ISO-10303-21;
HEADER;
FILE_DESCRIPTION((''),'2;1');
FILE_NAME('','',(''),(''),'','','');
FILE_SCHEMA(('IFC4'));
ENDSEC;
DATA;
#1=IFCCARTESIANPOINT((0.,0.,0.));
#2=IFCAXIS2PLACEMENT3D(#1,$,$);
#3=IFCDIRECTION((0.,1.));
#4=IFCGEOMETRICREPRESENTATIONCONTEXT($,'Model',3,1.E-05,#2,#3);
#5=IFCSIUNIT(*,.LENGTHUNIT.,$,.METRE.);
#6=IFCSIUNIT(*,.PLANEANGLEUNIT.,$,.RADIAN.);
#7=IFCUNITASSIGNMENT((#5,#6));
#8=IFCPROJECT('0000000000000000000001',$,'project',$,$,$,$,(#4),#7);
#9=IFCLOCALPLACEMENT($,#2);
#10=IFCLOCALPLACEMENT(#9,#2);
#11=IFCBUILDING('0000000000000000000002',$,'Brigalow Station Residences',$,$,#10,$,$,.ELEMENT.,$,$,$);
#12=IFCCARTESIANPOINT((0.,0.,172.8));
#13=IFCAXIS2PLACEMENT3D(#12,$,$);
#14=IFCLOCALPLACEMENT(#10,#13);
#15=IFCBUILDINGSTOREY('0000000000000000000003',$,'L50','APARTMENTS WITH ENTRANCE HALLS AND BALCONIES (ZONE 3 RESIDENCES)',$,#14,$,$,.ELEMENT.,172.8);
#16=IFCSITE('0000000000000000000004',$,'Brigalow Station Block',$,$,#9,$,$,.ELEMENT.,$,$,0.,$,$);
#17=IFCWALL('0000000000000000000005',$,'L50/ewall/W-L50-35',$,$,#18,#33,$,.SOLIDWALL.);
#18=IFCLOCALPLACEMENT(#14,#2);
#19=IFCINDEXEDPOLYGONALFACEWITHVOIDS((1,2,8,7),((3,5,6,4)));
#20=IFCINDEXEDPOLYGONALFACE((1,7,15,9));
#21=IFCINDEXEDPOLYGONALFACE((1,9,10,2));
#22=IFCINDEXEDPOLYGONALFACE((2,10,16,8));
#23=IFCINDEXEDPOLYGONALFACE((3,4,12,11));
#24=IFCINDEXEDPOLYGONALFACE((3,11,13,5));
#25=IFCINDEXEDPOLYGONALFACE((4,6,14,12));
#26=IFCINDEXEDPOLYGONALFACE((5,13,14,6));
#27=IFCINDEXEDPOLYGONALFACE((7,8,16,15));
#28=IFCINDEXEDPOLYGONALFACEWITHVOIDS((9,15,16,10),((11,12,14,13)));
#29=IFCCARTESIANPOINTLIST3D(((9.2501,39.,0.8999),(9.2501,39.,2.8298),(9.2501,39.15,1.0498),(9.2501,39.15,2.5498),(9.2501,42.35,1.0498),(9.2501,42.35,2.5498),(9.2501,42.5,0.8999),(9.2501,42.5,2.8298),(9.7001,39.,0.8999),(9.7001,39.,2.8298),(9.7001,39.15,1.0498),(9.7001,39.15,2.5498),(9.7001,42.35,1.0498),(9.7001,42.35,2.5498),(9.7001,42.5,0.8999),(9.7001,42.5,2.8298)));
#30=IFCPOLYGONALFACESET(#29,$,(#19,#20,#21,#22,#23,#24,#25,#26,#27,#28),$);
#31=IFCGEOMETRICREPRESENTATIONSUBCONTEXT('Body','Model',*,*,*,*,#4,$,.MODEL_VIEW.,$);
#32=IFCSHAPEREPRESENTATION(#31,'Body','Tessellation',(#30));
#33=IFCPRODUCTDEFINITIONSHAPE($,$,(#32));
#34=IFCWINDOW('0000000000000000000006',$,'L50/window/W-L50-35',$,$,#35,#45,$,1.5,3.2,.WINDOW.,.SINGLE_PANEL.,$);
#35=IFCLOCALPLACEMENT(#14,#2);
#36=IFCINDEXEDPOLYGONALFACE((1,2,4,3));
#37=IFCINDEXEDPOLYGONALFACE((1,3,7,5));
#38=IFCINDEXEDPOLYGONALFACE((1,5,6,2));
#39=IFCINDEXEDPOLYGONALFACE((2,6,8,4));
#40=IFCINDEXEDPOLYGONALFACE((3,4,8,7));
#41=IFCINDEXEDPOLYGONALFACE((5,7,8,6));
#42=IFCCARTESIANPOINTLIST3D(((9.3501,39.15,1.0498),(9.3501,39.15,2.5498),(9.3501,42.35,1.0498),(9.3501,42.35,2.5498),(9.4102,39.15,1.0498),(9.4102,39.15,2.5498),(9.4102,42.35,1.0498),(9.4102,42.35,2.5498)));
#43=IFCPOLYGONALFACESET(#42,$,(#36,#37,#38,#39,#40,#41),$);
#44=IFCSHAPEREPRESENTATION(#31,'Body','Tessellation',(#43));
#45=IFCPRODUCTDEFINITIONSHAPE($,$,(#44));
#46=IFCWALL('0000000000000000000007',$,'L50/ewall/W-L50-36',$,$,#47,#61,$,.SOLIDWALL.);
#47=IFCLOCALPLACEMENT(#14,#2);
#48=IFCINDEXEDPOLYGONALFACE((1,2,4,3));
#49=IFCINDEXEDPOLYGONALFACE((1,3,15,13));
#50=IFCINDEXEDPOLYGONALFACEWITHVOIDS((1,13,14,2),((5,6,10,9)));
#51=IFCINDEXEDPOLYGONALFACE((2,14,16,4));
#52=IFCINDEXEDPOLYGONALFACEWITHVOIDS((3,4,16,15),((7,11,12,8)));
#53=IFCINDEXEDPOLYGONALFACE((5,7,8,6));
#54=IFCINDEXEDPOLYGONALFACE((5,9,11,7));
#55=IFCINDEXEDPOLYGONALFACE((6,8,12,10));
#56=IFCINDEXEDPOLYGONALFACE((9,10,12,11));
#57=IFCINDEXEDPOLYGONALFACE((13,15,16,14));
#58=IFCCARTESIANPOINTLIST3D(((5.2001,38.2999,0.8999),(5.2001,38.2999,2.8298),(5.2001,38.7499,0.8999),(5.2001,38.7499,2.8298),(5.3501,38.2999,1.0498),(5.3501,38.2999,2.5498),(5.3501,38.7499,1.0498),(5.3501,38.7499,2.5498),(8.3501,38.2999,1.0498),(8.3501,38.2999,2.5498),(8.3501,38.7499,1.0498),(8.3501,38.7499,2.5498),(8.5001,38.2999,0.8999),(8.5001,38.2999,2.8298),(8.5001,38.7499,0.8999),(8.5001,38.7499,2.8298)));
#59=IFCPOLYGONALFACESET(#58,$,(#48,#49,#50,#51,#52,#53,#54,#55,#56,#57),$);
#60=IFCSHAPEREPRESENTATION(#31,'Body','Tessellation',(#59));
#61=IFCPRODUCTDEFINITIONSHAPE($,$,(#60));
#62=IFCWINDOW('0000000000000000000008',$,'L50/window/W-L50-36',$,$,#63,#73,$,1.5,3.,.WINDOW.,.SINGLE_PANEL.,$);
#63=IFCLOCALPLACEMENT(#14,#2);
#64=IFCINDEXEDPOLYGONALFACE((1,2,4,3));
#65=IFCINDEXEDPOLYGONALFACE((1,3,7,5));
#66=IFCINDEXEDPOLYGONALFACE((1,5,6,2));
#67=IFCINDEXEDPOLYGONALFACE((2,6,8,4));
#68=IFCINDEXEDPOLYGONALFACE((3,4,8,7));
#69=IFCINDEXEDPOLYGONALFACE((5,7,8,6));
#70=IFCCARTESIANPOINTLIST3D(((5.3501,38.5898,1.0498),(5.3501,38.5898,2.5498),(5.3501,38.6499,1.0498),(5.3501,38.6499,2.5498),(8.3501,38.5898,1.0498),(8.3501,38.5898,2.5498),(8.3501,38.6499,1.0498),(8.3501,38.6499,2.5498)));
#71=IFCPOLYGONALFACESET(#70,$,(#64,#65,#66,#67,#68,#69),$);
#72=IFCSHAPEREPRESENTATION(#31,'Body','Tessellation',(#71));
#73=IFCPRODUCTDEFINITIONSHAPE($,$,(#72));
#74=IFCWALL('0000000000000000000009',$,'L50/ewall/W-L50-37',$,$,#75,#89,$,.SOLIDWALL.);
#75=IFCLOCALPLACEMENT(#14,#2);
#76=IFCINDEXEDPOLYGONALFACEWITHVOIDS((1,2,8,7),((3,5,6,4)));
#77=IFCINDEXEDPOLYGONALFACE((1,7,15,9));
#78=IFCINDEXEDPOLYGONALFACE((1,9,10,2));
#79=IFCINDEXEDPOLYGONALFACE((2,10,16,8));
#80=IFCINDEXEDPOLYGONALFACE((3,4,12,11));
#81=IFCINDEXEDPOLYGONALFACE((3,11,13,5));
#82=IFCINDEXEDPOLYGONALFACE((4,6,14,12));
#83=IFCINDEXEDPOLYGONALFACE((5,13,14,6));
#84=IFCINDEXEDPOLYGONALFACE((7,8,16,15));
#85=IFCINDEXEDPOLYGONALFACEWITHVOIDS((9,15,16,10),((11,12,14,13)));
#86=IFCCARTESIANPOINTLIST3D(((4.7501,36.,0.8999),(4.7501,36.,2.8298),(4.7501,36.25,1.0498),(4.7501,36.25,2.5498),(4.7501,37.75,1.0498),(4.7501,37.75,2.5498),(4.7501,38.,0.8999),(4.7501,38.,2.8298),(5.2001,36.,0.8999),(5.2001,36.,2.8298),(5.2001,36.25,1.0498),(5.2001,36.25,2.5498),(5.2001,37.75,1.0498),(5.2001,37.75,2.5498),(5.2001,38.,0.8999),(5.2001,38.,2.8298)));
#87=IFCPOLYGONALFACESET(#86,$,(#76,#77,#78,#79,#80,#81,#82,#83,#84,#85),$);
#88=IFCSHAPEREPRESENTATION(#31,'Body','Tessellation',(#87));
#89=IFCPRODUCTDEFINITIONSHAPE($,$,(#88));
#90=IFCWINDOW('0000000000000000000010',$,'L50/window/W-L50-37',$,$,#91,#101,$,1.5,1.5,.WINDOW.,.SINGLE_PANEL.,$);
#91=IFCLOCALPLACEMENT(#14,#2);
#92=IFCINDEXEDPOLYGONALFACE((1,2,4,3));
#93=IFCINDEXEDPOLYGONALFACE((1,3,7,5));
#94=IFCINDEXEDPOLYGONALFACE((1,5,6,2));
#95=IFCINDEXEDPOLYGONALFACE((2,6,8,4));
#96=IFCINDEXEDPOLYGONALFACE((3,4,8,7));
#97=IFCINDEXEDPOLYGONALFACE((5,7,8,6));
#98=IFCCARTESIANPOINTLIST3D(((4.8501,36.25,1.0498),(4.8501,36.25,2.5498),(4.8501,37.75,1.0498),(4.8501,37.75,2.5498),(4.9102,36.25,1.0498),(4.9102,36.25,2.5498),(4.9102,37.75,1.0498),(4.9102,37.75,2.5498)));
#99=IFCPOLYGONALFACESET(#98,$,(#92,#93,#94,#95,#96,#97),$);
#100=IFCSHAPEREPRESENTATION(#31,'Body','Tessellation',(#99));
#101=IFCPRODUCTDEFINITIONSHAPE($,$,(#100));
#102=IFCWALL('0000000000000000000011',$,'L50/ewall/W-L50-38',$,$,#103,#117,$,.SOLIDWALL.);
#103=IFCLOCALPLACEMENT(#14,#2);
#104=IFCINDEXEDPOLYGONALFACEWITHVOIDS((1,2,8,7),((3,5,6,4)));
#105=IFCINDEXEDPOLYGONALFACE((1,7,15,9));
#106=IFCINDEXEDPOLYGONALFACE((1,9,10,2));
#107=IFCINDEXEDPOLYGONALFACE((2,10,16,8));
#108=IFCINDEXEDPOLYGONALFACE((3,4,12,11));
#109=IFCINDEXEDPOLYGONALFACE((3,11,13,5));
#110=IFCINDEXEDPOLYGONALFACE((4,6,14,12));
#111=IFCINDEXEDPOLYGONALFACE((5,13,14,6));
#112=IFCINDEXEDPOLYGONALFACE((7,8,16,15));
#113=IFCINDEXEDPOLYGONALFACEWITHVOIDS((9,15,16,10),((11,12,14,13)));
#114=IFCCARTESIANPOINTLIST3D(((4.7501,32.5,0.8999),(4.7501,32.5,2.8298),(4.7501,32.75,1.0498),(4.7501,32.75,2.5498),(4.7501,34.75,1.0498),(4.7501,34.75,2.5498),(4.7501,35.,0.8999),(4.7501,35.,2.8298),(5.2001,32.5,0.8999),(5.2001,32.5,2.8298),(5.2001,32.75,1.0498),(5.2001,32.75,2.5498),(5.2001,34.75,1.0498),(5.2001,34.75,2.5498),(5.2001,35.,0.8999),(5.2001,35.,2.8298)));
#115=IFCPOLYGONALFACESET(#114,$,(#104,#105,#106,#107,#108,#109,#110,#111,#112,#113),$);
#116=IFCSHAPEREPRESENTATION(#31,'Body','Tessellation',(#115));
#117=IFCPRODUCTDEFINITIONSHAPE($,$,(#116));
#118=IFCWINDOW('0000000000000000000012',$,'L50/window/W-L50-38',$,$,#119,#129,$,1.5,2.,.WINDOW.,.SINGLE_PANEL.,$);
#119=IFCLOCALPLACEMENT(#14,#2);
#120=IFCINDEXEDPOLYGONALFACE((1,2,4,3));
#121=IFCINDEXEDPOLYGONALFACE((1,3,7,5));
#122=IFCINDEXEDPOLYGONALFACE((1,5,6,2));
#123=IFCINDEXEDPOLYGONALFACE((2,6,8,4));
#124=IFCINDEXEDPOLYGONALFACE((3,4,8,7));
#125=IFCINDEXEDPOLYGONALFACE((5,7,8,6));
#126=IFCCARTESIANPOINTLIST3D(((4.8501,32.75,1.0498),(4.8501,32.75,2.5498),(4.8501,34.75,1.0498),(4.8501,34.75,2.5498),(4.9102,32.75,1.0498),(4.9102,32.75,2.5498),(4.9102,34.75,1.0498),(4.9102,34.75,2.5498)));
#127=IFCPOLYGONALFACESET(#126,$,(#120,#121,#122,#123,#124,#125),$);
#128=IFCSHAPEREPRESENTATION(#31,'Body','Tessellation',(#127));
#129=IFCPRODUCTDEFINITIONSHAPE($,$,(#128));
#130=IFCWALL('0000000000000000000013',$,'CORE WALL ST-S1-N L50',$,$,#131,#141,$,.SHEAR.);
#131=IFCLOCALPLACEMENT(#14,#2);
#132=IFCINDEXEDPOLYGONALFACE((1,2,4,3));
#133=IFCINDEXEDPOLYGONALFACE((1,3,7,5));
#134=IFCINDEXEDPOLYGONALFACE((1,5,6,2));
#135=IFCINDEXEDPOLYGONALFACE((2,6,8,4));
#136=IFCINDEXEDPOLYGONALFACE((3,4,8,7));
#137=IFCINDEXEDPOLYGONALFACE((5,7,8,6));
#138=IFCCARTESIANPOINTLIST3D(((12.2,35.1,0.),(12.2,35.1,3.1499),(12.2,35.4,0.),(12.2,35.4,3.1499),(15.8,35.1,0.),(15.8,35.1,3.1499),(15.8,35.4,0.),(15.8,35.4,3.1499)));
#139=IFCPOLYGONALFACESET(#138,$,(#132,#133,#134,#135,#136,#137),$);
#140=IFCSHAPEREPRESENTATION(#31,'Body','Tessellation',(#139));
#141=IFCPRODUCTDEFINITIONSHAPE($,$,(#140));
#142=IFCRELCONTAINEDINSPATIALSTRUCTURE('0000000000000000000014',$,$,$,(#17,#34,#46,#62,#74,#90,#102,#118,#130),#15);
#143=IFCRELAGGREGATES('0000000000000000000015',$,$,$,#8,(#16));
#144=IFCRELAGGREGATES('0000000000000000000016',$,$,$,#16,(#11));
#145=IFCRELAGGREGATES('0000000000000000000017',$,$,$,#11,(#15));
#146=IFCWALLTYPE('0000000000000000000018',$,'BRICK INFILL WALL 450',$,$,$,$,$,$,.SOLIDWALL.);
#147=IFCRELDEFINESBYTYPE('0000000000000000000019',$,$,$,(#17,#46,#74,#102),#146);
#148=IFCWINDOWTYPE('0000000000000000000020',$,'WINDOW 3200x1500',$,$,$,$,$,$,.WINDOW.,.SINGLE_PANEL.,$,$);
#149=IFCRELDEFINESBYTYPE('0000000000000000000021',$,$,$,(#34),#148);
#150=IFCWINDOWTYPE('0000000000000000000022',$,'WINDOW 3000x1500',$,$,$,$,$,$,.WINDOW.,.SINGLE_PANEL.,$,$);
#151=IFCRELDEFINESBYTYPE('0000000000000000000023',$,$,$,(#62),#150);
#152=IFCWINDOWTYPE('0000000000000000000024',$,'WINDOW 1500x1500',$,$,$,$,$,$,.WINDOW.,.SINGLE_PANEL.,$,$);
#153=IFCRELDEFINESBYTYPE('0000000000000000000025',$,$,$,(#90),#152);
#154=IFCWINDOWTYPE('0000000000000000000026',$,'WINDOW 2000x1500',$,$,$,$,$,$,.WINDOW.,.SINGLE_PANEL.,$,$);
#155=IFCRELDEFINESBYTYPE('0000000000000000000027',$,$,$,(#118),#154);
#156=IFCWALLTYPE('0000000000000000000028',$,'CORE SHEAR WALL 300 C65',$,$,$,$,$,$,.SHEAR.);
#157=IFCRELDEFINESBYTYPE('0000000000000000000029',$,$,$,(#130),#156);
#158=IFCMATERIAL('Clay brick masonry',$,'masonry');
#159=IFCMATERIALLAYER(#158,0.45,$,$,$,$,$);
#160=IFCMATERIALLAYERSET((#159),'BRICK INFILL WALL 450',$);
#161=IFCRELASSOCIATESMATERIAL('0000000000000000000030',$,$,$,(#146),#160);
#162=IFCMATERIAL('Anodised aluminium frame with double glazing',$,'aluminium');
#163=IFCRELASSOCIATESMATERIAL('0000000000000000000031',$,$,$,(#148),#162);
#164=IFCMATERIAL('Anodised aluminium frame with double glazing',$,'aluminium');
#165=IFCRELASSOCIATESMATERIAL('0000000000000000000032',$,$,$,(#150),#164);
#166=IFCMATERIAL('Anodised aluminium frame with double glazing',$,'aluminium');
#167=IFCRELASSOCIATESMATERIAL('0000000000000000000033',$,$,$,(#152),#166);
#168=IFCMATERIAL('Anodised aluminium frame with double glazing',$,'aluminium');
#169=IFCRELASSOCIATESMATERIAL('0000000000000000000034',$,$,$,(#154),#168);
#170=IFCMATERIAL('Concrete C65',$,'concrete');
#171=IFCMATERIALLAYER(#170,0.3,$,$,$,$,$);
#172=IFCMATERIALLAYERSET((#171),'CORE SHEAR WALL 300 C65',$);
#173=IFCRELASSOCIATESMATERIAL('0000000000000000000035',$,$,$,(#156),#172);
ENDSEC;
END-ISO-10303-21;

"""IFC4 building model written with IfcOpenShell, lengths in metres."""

from ifc_helpers import new_model, si_unit, direction, frame, frame_2d, origin, place, context, subcontext, project, spatial, rectangle, extrude, material, layer, layer_set, type_object, element, fill, save


model = new_model("IFC4")

# Units and contexts
model_context = context("Model", 3, precision=1e-05, world=origin(), true_north=direction((0.0, 1.0)))
body_context = subcontext(model_context, "Body", "Model", "MODEL_VIEW")
ifc_project = project(units=[si_unit("LENGTHUNIT", "METRE"), si_unit("PLANEANGLEUNIT", "RADIAN")], contexts=[model_context])

# Site, building, storey
site_placement = place(None, origin())
site = spatial("IfcSite", under=ifc_project, at=site_placement, Name="Brigalow Station Block", CompositionType="ELEMENT", RefElevation=0.0)
building_placement = place(site_placement, origin())
building = spatial("IfcBuilding", under=site, at=building_placement, Name="Brigalow Station Residences", CompositionType="ELEMENT")
storey_placement = place(building_placement, frame((0.0, 0.0, 172.8)))
storey = spatial("IfcBuildingStorey", under=building, at=storey_placement, Name="L50", Description="APARTMENTS WITH ENTRANCE HALLS AND BALCONIES (ZONE 3 RESIDENCES)", CompositionType="ELEMENT", Elevation=172.8)

# Shared definitions
ifc_material_1 = material(Name="Clay brick masonry", Category="masonry")
ifc_layer_1 = layer(ifc_material_1, 0.45)
ifc_layer_set_1 = layer_set([ifc_layer_1], Name="BRICK INFILL WALL 450")
wall_type_1 = type_object("IfcWallType", Name="BRICK INFILL WALL 450", PredefinedType="SOLIDWALL", material=ifc_layer_set_1)

# Walls, openings, windows
wall_1_placement = place(storey_placement, frame((9.4751, 42.5, 0.8999), z_axis=(0.0, 0.0, 1.0), x_axis=(0.0, -1.0, 0.0)))
wall_1 = element("IfcWall", 1, at=wall_1_placement, inside=storey, type_object=wall_type_1, Name="L50/ewall/W-L50-35", PredefinedType="SOLIDWALL", context=body_context, shape_type="SweptSolid", body=[
    extrude(rectangle(XDim=3.5, YDim=0.45, at=frame_2d((1.75, 0.0))), origin(), (0.0, 0.0, 1.0), 1.9299),
])
opening_1_placement = place(wall_1_placement, frame((0.1499, 0.0, 0.1499)))
opening_1 = element("IfcOpeningElement", 2, at=opening_1_placement, cuts=wall_1, PredefinedType="OPENING", context=body_context, shape_type="SweptSolid", body=[
    extrude(rectangle(XDim=3.2, YDim=1.5, at=frame_2d((1.6001, 0.75))), frame((0.0, 0.2349, 0.0), z_axis=(0.0, -1.0, 0.0), x_axis=(1.0, 0.0, 0.0)), (0.0, 0.0, 1.0), 0.47),
])
ifc_material_2 = material(Name="Anodised aluminium frame with double glazing", Category="aluminium")
window_type_1 = type_object("IfcWindowType", Name="WINDOW 3200x1500", PartitioningType="SINGLE_PANEL", PredefinedType="WINDOW", material=ifc_material_2)
window_1_placement = place(opening_1_placement, origin())
window_1 = element("IfcWindow", 3, at=window_1_placement, inside=storey, type_object=window_type_1, Name="L50/window/W-L50-35", OverallHeight=1.5, OverallWidth=3.2, PartitioningType="SINGLE_PANEL", PredefinedType="WINDOW", context=body_context, shape_type="SweptSolid", body=[
    extrude(rectangle(XDim=3.2, YDim=1.5, at=frame_2d((1.6001, 0.75))), frame((0.0, -0.0649, 0.0), z_axis=(0.0, -1.0, 0.0), x_axis=(1.0, 0.0, 0.0)), (0.0, 0.0, 1.0), 0.0601),
])
fill(opening_1, window_1)
wall_2_placement = place(storey_placement, frame((8.5, 38.5249, 0.8999), z_axis=(0.0, 0.0, 1.0), x_axis=(-1.0, 0.0, 0.0)))
wall_2 = element("IfcWall", 4, at=wall_2_placement, inside=storey, type_object=wall_type_1, Name="L50/ewall/W-L50-36", PredefinedType="SOLIDWALL", context=body_context, shape_type="SweptSolid", body=[
    extrude(rectangle(XDim=3.3, YDim=0.45, at=frame_2d((1.6499, 0.0))), origin(), (0.0, 0.0, 1.0), 1.9299),
])
opening_2_placement = place(wall_2_placement, frame((0.1499, 0.0, 0.1499)))
opening_2 = element("IfcOpeningElement", 5, at=opening_2_placement, cuts=wall_2, PredefinedType="OPENING", context=body_context, shape_type="SweptSolid", body=[
    extrude(rectangle(XDim=3.0, YDim=1.5, at=frame_2d((1.5, 0.75))), frame((0.0, 0.2349, 0.0), z_axis=(0.0, -1.0, 0.0), x_axis=(1.0, 0.0, 0.0)), (0.0, 0.0, 1.0), 0.47),
])
ifc_material_3 = material(Name="Anodised aluminium frame with double glazing", Category="aluminium")
window_type_2 = type_object("IfcWindowType", Name="WINDOW 3000x1500", PartitioningType="SINGLE_PANEL", PredefinedType="WINDOW", material=ifc_material_3)
window_2_placement = place(opening_2_placement, origin())
window_2 = element("IfcWindow", 6, at=window_2_placement, inside=storey, type_object=window_type_2, Name="L50/window/W-L50-36", OverallHeight=1.5, OverallWidth=3.0, PartitioningType="SINGLE_PANEL", PredefinedType="WINDOW", context=body_context, shape_type="SweptSolid", body=[
    extrude(rectangle(XDim=3.0, YDim=1.5, at=frame_2d((1.5, 0.75))), frame((0.0, -0.0649, 0.0), z_axis=(0.0, -1.0, 0.0), x_axis=(1.0, 0.0, 0.0)), (0.0, 0.0, 1.0), 0.0601),
])
fill(opening_2, window_2)
wall_3_placement = place(storey_placement, frame((4.9751, 38.0, 0.8999), z_axis=(0.0, 0.0, 1.0), x_axis=(0.0, -1.0, 0.0)))
wall_3 = element("IfcWall", 7, at=wall_3_placement, inside=storey, type_object=wall_type_1, Name="L50/ewall/W-L50-37", PredefinedType="SOLIDWALL", context=body_context, shape_type="SweptSolid", body=[
    extrude(rectangle(XDim=2.0, YDim=0.45, at=frame_2d((1.0, 0.0))), origin(), (0.0, 0.0, 1.0), 1.9299),
])
opening_3_placement = place(wall_3_placement, frame((0.25, 0.0, 0.1499)))
opening_3 = element("IfcOpeningElement", 8, at=opening_3_placement, cuts=wall_3, PredefinedType="OPENING", context=body_context, shape_type="SweptSolid", body=[
    extrude(rectangle(XDim=1.5, YDim=1.5, at=frame_2d((0.75, 0.75))), frame((0.0, 0.2349, 0.0), z_axis=(0.0, -1.0, 0.0), x_axis=(1.0, 0.0, 0.0)), (0.0, 0.0, 1.0), 0.47),
])
ifc_material_4 = material(Name="Anodised aluminium frame with double glazing", Category="aluminium")
window_type_3 = type_object("IfcWindowType", Name="WINDOW 1500x1500", PartitioningType="SINGLE_PANEL", PredefinedType="WINDOW", material=ifc_material_4)
window_3_placement = place(opening_3_placement, origin())
window_3 = element("IfcWindow", 9, at=window_3_placement, inside=storey, type_object=window_type_3, Name="L50/window/W-L50-37", OverallHeight=1.5, OverallWidth=1.5, PartitioningType="SINGLE_PANEL", PredefinedType="WINDOW", context=body_context, shape_type="SweptSolid", body=[
    extrude(rectangle(XDim=1.5, YDim=1.5, at=frame_2d((0.75, 0.75))), frame((0.0, -0.0649, 0.0), z_axis=(0.0, -1.0, 0.0), x_axis=(1.0, 0.0, 0.0)), (0.0, 0.0, 1.0), 0.0601),
])
fill(opening_3, window_3)
wall_4_placement = place(storey_placement, frame((4.9751, 35.0, 0.8999), z_axis=(0.0, 0.0, 1.0), x_axis=(0.0, -1.0, 0.0)))
wall_4 = element("IfcWall", 10, at=wall_4_placement, inside=storey, type_object=wall_type_1, Name="L50/ewall/W-L50-38", PredefinedType="SOLIDWALL", context=body_context, shape_type="SweptSolid", body=[
    extrude(rectangle(XDim=2.5, YDim=0.45, at=frame_2d((1.25, 0.0))), origin(), (0.0, 0.0, 1.0), 1.9299),
])
opening_4_placement = place(wall_4_placement, frame((0.25, 0.0, 0.1499)))
opening_4 = element("IfcOpeningElement", 11, at=opening_4_placement, cuts=wall_4, PredefinedType="OPENING", context=body_context, shape_type="SweptSolid", body=[
    extrude(rectangle(XDim=2.0, YDim=1.5, at=frame_2d((1.0, 0.75))), frame((0.0, 0.2349, 0.0), z_axis=(0.0, -1.0, 0.0), x_axis=(1.0, 0.0, 0.0)), (0.0, 0.0, 1.0), 0.47),
])
ifc_material_5 = material(Name="Anodised aluminium frame with double glazing", Category="aluminium")
window_type_4 = type_object("IfcWindowType", Name="WINDOW 2000x1500", PartitioningType="SINGLE_PANEL", PredefinedType="WINDOW", material=ifc_material_5)
window_4_placement = place(opening_4_placement, origin())
window_4 = element("IfcWindow", 12, at=window_4_placement, inside=storey, type_object=window_type_4, Name="L50/window/W-L50-38", OverallHeight=1.5, OverallWidth=2.0, PartitioningType="SINGLE_PANEL", PredefinedType="WINDOW", context=body_context, shape_type="SweptSolid", body=[
    extrude(rectangle(XDim=2.0, YDim=1.5, at=frame_2d((1.0, 0.75))), frame((0.0, -0.0649, 0.0), z_axis=(0.0, -1.0, 0.0), x_axis=(1.0, 0.0, 0.0)), (0.0, 0.0, 1.0), 0.0601),
])
fill(opening_4, window_4)

# Wall
ifc_material_6 = material(Name="Concrete C65", Category="concrete")
ifc_layer_2 = layer(ifc_material_6, 0.3)
ifc_layer_set_2 = layer_set([ifc_layer_2], Name="CORE SHEAR WALL 300 C65")
wall_type_2 = type_object("IfcWallType", Name="CORE SHEAR WALL 300 C65", PredefinedType="SHEAR", material=ifc_layer_set_2)
wall_5_placement = place(storey_placement, frame((12.2, 35.25, 0.0), z_axis=(0.0, 0.0, 1.0), x_axis=(1.0, 0.0, 0.0)))
element("IfcWall", 13, at=wall_5_placement, inside=storey, type_object=wall_type_2, Name="CORE WALL ST-S1-N L50", PredefinedType="SHEAR", context=body_context, shape_type="SweptSolid", body=[
    extrude(rectangle(XDim=3.6001, YDim=0.3, at=frame_2d((1.8, 0.0))), origin(), (0.0, 0.0, 1.0), 3.1499),
])

save(model, "model.ifc")
